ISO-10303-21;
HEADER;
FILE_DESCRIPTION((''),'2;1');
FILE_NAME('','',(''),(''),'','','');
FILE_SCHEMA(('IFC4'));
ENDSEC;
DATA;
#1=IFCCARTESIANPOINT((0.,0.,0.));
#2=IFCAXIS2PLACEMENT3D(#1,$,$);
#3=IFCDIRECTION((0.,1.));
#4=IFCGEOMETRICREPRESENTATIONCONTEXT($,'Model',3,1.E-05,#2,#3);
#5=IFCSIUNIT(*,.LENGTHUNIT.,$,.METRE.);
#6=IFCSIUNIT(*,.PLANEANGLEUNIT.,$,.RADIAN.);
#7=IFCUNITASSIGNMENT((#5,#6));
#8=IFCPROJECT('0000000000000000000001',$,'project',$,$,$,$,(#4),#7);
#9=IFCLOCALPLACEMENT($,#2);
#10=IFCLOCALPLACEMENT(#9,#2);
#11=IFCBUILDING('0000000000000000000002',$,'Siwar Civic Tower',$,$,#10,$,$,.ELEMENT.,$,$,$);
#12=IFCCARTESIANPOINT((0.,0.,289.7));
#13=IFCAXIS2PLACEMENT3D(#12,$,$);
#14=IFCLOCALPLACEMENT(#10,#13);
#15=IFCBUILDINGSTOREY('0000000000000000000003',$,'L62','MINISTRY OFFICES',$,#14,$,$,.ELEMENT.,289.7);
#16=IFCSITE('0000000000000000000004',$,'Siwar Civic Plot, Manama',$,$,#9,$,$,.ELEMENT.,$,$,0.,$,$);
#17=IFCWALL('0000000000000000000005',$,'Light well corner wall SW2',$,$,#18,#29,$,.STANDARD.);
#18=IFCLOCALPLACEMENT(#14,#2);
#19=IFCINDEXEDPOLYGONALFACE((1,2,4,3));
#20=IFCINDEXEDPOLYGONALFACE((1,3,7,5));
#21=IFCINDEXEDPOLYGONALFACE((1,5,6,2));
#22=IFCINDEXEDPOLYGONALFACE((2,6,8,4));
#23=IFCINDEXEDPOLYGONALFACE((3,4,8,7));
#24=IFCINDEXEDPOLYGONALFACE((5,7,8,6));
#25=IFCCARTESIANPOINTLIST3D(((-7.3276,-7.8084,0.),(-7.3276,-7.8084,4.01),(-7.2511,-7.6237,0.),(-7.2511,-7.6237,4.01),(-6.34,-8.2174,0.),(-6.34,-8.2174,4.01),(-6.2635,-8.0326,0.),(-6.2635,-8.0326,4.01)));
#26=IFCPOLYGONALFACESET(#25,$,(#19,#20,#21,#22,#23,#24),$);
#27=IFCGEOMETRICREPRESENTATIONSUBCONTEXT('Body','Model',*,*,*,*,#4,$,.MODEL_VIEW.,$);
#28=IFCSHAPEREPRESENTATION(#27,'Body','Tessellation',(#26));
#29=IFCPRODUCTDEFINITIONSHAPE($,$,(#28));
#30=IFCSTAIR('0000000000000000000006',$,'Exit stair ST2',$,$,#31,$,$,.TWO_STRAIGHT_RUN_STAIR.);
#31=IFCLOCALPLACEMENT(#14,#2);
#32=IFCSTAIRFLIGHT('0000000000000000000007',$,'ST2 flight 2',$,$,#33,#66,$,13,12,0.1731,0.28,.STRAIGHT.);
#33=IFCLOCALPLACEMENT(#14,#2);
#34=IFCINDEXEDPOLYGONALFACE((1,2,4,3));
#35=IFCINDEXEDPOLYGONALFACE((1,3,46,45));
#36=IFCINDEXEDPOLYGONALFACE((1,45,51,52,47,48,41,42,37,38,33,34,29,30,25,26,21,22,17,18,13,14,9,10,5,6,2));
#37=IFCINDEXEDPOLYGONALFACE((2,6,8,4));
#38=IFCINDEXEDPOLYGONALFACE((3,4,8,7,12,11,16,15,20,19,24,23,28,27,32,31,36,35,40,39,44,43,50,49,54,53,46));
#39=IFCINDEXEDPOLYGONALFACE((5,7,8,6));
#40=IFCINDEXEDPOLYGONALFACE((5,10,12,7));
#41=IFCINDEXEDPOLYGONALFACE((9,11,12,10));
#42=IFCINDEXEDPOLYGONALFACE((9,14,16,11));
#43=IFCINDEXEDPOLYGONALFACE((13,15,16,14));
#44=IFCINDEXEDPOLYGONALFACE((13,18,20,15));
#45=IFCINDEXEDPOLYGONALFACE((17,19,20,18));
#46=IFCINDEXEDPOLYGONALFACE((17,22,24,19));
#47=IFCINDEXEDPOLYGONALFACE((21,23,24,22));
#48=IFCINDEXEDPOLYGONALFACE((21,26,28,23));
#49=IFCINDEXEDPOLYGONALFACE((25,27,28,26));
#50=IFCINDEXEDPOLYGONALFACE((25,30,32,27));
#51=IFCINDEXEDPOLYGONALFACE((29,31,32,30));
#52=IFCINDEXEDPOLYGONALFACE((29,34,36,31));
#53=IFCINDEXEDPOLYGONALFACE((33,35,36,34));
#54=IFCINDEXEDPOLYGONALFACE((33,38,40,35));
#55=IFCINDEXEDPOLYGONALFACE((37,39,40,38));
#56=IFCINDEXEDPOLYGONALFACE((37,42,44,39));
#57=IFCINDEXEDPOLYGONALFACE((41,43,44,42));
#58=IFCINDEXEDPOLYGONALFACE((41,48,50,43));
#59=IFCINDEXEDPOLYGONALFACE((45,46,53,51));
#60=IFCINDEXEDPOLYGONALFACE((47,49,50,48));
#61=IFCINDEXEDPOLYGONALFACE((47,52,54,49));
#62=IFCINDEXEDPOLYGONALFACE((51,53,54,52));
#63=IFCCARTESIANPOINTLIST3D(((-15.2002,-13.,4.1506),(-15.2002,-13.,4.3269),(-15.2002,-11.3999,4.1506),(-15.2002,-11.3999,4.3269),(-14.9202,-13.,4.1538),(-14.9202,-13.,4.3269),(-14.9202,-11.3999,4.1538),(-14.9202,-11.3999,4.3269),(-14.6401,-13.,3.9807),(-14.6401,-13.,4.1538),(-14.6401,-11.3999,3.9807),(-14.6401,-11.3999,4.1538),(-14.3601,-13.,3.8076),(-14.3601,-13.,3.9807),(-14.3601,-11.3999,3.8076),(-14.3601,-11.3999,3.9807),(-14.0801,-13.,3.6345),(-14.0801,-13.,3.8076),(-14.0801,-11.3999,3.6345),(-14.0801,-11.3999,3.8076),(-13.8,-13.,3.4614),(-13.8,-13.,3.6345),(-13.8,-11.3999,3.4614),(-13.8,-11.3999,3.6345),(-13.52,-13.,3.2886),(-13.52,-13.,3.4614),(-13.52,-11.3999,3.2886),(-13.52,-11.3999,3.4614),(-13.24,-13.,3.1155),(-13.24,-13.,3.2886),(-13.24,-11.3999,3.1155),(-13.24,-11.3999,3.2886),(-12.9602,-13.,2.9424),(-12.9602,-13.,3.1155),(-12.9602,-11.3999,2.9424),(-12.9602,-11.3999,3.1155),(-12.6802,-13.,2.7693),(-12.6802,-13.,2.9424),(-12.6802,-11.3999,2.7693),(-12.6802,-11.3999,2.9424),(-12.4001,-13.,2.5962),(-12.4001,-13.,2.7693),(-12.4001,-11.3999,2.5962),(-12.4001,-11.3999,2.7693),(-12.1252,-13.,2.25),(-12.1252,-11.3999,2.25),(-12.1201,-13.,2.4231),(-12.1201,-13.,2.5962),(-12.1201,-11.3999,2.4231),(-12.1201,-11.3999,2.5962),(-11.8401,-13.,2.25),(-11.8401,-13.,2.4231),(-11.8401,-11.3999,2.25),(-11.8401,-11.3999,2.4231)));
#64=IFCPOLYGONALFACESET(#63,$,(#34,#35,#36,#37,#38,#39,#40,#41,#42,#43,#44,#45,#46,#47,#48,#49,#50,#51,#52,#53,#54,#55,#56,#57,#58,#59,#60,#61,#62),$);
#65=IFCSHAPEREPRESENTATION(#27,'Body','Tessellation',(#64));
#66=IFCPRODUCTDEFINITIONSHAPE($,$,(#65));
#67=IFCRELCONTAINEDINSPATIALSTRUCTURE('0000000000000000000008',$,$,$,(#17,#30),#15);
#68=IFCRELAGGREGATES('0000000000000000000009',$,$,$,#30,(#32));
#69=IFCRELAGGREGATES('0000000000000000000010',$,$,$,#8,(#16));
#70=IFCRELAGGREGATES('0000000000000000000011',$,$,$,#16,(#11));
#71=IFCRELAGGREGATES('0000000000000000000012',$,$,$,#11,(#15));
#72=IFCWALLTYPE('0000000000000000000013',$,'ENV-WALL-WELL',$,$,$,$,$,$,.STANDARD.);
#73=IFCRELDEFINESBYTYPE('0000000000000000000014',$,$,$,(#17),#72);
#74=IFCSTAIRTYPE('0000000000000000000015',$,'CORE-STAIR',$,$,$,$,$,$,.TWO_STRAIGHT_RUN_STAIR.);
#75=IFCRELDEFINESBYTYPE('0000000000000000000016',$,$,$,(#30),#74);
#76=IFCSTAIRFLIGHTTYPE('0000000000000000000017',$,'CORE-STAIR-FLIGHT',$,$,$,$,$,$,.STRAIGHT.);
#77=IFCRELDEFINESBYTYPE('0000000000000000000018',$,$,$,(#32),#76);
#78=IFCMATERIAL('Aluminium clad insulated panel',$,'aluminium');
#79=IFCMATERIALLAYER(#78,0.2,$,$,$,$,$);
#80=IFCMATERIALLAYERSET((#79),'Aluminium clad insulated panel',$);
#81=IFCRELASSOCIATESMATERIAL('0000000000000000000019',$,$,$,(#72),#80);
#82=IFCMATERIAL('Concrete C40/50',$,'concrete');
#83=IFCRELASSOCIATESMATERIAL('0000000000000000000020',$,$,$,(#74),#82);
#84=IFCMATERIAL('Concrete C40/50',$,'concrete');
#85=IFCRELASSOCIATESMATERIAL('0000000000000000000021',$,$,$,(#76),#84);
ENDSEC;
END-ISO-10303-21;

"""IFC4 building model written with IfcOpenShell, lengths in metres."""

from ifc_helpers import new_model, si_unit, direction, frame, frame_2d, origin, place, context, subcontext, project, spatial, polyline, rectangle, outline, extrude, material, layer, layer_set, type_object, element, aggregate, save


model = new_model("IFC4")

# Units and contexts
model_context = context("Model", 3, precision=1e-05, world=origin(), true_north=direction((0.0, 1.0)))
body_context = subcontext(model_context, "Body", "Model", "MODEL_VIEW")
ifc_project = project(units=[si_unit("LENGTHUNIT", "METRE"), si_unit("PLANEANGLEUNIT", "RADIAN")], contexts=[model_context])

# Site, building, storey
site_placement = place(None, origin())
site = spatial("IfcSite", under=ifc_project, at=site_placement, Name="Siwar Civic Plot, Manama", CompositionType="ELEMENT", RefElevation=0.0)
building_placement = place(site_placement, origin())
building = spatial("IfcBuilding", under=site, at=building_placement, Name="Siwar Civic Tower", CompositionType="ELEMENT")
storey_placement = place(building_placement, frame((0.0, 0.0, 289.7)))
storey = spatial("IfcBuildingStorey", under=building, at=storey_placement, Name="L62", Description="MINISTRY OFFICES", CompositionType="ELEMENT", Elevation=289.7)

# Wall
ifc_material_1 = material(Name="Aluminium clad insulated panel", Category="aluminium")
ifc_layer_1 = layer(ifc_material_1, 0.2)
ifc_layer_set_1 = layer_set([ifc_layer_1], Name="Aluminium clad insulated panel")
wall_type_1 = type_object("IfcWallType", Name="ENV-WALL-WELL", PredefinedType="STANDARD", material=ifc_layer_set_1)
wall_1_placement = place(storey_placement, frame((-7.2893, -7.7161, 0.0), z_axis=(0.0, 0.0, 1.0), x_axis=(0.923919, -0.382587, 0.0)))
element("IfcWall", 1, at=wall_1_placement, inside=storey, type_object=wall_type_1, Name="Light well corner wall SW2", PredefinedType="STANDARD", context=body_context, shape_type="SweptSolid", body=[
    extrude(rectangle(XDim=1.0688, YDim=0.2, at=frame_2d((0.5344, 0.0))), origin(), (0.0, 0.0, 1.0), 4.01),
])

# Stair, stair flight
ifc_material_2 = material(Name="Concrete C40/50", Category="concrete")
stair_type = type_object("IfcStairType", Name="CORE-STAIR", PredefinedType="TWO_STRAIGHT_RUN_STAIR", material=ifc_material_2)
stair_placement = place(storey_placement, origin())
stair = element("IfcStair", 2, at=stair_placement, inside=storey, type_object=stair_type, Name="Exit stair ST2", PredefinedType="TWO_STRAIGHT_RUN_STAIR")
ifc_material_3 = material(Name="Concrete C40/50", Category="concrete")
stair_flight_type = type_object("IfcStairFlightType", Name="CORE-STAIR-FLIGHT", PredefinedType="STRAIGHT", material=ifc_material_3)
stair_flight_placement = place(storey_placement, frame((-11.8401, -12.2, 2.25), z_axis=(0.0, 0.0, 1.0), x_axis=(-1.0, 0.0, 0.0)))
stair_flight = element("IfcStairFlight", 3, at=stair_flight_placement, type_object=stair_flight_type, Name="ST2 flight 2", NumberOfRisers=13, NumberOfTreads=12, PredefinedType="STRAIGHT", RiserHeight=0.1731, TreadLength=0.28, context=body_context, shape_type="SweptSolid", body=[
    extrude(outline(polyline([(0.0, 0.0), (0.0, 0.1731), (0.28, 0.1731), (0.28, 0.3462), (0.5601, 0.3462), (0.5601, 0.5193), (0.8401, 0.5193), (0.8401, 0.6924), (1.1201, 0.6924), (1.1201, 0.8655), (1.3999, 0.8655), (1.3999, 1.0386), (1.6799, 1.0386), (1.6799, 1.2114), (1.96, 1.2114), (1.96, 1.3845), (2.24, 1.3845), (2.24, 1.5576), (2.52, 1.5576), (2.52, 1.7307), (2.8, 1.7307), (2.8, 1.9038), (3.0801, 1.9038), (3.0801, 2.0769), (3.3601, 2.0769), (3.3601, 2.25), (3.3601, 1.9006), (0.2852, 0.0), (0.0, 0.0)])), frame((0.0, 0.8, 0.0), z_axis=(0.0, -1.0, 0.0), x_axis=(1.0, 0.0, 0.0)), (0.0, 0.0, 1.0), 1.6001),
])
aggregate(stair, [stair_flight])

save(model, "model.ifc")
